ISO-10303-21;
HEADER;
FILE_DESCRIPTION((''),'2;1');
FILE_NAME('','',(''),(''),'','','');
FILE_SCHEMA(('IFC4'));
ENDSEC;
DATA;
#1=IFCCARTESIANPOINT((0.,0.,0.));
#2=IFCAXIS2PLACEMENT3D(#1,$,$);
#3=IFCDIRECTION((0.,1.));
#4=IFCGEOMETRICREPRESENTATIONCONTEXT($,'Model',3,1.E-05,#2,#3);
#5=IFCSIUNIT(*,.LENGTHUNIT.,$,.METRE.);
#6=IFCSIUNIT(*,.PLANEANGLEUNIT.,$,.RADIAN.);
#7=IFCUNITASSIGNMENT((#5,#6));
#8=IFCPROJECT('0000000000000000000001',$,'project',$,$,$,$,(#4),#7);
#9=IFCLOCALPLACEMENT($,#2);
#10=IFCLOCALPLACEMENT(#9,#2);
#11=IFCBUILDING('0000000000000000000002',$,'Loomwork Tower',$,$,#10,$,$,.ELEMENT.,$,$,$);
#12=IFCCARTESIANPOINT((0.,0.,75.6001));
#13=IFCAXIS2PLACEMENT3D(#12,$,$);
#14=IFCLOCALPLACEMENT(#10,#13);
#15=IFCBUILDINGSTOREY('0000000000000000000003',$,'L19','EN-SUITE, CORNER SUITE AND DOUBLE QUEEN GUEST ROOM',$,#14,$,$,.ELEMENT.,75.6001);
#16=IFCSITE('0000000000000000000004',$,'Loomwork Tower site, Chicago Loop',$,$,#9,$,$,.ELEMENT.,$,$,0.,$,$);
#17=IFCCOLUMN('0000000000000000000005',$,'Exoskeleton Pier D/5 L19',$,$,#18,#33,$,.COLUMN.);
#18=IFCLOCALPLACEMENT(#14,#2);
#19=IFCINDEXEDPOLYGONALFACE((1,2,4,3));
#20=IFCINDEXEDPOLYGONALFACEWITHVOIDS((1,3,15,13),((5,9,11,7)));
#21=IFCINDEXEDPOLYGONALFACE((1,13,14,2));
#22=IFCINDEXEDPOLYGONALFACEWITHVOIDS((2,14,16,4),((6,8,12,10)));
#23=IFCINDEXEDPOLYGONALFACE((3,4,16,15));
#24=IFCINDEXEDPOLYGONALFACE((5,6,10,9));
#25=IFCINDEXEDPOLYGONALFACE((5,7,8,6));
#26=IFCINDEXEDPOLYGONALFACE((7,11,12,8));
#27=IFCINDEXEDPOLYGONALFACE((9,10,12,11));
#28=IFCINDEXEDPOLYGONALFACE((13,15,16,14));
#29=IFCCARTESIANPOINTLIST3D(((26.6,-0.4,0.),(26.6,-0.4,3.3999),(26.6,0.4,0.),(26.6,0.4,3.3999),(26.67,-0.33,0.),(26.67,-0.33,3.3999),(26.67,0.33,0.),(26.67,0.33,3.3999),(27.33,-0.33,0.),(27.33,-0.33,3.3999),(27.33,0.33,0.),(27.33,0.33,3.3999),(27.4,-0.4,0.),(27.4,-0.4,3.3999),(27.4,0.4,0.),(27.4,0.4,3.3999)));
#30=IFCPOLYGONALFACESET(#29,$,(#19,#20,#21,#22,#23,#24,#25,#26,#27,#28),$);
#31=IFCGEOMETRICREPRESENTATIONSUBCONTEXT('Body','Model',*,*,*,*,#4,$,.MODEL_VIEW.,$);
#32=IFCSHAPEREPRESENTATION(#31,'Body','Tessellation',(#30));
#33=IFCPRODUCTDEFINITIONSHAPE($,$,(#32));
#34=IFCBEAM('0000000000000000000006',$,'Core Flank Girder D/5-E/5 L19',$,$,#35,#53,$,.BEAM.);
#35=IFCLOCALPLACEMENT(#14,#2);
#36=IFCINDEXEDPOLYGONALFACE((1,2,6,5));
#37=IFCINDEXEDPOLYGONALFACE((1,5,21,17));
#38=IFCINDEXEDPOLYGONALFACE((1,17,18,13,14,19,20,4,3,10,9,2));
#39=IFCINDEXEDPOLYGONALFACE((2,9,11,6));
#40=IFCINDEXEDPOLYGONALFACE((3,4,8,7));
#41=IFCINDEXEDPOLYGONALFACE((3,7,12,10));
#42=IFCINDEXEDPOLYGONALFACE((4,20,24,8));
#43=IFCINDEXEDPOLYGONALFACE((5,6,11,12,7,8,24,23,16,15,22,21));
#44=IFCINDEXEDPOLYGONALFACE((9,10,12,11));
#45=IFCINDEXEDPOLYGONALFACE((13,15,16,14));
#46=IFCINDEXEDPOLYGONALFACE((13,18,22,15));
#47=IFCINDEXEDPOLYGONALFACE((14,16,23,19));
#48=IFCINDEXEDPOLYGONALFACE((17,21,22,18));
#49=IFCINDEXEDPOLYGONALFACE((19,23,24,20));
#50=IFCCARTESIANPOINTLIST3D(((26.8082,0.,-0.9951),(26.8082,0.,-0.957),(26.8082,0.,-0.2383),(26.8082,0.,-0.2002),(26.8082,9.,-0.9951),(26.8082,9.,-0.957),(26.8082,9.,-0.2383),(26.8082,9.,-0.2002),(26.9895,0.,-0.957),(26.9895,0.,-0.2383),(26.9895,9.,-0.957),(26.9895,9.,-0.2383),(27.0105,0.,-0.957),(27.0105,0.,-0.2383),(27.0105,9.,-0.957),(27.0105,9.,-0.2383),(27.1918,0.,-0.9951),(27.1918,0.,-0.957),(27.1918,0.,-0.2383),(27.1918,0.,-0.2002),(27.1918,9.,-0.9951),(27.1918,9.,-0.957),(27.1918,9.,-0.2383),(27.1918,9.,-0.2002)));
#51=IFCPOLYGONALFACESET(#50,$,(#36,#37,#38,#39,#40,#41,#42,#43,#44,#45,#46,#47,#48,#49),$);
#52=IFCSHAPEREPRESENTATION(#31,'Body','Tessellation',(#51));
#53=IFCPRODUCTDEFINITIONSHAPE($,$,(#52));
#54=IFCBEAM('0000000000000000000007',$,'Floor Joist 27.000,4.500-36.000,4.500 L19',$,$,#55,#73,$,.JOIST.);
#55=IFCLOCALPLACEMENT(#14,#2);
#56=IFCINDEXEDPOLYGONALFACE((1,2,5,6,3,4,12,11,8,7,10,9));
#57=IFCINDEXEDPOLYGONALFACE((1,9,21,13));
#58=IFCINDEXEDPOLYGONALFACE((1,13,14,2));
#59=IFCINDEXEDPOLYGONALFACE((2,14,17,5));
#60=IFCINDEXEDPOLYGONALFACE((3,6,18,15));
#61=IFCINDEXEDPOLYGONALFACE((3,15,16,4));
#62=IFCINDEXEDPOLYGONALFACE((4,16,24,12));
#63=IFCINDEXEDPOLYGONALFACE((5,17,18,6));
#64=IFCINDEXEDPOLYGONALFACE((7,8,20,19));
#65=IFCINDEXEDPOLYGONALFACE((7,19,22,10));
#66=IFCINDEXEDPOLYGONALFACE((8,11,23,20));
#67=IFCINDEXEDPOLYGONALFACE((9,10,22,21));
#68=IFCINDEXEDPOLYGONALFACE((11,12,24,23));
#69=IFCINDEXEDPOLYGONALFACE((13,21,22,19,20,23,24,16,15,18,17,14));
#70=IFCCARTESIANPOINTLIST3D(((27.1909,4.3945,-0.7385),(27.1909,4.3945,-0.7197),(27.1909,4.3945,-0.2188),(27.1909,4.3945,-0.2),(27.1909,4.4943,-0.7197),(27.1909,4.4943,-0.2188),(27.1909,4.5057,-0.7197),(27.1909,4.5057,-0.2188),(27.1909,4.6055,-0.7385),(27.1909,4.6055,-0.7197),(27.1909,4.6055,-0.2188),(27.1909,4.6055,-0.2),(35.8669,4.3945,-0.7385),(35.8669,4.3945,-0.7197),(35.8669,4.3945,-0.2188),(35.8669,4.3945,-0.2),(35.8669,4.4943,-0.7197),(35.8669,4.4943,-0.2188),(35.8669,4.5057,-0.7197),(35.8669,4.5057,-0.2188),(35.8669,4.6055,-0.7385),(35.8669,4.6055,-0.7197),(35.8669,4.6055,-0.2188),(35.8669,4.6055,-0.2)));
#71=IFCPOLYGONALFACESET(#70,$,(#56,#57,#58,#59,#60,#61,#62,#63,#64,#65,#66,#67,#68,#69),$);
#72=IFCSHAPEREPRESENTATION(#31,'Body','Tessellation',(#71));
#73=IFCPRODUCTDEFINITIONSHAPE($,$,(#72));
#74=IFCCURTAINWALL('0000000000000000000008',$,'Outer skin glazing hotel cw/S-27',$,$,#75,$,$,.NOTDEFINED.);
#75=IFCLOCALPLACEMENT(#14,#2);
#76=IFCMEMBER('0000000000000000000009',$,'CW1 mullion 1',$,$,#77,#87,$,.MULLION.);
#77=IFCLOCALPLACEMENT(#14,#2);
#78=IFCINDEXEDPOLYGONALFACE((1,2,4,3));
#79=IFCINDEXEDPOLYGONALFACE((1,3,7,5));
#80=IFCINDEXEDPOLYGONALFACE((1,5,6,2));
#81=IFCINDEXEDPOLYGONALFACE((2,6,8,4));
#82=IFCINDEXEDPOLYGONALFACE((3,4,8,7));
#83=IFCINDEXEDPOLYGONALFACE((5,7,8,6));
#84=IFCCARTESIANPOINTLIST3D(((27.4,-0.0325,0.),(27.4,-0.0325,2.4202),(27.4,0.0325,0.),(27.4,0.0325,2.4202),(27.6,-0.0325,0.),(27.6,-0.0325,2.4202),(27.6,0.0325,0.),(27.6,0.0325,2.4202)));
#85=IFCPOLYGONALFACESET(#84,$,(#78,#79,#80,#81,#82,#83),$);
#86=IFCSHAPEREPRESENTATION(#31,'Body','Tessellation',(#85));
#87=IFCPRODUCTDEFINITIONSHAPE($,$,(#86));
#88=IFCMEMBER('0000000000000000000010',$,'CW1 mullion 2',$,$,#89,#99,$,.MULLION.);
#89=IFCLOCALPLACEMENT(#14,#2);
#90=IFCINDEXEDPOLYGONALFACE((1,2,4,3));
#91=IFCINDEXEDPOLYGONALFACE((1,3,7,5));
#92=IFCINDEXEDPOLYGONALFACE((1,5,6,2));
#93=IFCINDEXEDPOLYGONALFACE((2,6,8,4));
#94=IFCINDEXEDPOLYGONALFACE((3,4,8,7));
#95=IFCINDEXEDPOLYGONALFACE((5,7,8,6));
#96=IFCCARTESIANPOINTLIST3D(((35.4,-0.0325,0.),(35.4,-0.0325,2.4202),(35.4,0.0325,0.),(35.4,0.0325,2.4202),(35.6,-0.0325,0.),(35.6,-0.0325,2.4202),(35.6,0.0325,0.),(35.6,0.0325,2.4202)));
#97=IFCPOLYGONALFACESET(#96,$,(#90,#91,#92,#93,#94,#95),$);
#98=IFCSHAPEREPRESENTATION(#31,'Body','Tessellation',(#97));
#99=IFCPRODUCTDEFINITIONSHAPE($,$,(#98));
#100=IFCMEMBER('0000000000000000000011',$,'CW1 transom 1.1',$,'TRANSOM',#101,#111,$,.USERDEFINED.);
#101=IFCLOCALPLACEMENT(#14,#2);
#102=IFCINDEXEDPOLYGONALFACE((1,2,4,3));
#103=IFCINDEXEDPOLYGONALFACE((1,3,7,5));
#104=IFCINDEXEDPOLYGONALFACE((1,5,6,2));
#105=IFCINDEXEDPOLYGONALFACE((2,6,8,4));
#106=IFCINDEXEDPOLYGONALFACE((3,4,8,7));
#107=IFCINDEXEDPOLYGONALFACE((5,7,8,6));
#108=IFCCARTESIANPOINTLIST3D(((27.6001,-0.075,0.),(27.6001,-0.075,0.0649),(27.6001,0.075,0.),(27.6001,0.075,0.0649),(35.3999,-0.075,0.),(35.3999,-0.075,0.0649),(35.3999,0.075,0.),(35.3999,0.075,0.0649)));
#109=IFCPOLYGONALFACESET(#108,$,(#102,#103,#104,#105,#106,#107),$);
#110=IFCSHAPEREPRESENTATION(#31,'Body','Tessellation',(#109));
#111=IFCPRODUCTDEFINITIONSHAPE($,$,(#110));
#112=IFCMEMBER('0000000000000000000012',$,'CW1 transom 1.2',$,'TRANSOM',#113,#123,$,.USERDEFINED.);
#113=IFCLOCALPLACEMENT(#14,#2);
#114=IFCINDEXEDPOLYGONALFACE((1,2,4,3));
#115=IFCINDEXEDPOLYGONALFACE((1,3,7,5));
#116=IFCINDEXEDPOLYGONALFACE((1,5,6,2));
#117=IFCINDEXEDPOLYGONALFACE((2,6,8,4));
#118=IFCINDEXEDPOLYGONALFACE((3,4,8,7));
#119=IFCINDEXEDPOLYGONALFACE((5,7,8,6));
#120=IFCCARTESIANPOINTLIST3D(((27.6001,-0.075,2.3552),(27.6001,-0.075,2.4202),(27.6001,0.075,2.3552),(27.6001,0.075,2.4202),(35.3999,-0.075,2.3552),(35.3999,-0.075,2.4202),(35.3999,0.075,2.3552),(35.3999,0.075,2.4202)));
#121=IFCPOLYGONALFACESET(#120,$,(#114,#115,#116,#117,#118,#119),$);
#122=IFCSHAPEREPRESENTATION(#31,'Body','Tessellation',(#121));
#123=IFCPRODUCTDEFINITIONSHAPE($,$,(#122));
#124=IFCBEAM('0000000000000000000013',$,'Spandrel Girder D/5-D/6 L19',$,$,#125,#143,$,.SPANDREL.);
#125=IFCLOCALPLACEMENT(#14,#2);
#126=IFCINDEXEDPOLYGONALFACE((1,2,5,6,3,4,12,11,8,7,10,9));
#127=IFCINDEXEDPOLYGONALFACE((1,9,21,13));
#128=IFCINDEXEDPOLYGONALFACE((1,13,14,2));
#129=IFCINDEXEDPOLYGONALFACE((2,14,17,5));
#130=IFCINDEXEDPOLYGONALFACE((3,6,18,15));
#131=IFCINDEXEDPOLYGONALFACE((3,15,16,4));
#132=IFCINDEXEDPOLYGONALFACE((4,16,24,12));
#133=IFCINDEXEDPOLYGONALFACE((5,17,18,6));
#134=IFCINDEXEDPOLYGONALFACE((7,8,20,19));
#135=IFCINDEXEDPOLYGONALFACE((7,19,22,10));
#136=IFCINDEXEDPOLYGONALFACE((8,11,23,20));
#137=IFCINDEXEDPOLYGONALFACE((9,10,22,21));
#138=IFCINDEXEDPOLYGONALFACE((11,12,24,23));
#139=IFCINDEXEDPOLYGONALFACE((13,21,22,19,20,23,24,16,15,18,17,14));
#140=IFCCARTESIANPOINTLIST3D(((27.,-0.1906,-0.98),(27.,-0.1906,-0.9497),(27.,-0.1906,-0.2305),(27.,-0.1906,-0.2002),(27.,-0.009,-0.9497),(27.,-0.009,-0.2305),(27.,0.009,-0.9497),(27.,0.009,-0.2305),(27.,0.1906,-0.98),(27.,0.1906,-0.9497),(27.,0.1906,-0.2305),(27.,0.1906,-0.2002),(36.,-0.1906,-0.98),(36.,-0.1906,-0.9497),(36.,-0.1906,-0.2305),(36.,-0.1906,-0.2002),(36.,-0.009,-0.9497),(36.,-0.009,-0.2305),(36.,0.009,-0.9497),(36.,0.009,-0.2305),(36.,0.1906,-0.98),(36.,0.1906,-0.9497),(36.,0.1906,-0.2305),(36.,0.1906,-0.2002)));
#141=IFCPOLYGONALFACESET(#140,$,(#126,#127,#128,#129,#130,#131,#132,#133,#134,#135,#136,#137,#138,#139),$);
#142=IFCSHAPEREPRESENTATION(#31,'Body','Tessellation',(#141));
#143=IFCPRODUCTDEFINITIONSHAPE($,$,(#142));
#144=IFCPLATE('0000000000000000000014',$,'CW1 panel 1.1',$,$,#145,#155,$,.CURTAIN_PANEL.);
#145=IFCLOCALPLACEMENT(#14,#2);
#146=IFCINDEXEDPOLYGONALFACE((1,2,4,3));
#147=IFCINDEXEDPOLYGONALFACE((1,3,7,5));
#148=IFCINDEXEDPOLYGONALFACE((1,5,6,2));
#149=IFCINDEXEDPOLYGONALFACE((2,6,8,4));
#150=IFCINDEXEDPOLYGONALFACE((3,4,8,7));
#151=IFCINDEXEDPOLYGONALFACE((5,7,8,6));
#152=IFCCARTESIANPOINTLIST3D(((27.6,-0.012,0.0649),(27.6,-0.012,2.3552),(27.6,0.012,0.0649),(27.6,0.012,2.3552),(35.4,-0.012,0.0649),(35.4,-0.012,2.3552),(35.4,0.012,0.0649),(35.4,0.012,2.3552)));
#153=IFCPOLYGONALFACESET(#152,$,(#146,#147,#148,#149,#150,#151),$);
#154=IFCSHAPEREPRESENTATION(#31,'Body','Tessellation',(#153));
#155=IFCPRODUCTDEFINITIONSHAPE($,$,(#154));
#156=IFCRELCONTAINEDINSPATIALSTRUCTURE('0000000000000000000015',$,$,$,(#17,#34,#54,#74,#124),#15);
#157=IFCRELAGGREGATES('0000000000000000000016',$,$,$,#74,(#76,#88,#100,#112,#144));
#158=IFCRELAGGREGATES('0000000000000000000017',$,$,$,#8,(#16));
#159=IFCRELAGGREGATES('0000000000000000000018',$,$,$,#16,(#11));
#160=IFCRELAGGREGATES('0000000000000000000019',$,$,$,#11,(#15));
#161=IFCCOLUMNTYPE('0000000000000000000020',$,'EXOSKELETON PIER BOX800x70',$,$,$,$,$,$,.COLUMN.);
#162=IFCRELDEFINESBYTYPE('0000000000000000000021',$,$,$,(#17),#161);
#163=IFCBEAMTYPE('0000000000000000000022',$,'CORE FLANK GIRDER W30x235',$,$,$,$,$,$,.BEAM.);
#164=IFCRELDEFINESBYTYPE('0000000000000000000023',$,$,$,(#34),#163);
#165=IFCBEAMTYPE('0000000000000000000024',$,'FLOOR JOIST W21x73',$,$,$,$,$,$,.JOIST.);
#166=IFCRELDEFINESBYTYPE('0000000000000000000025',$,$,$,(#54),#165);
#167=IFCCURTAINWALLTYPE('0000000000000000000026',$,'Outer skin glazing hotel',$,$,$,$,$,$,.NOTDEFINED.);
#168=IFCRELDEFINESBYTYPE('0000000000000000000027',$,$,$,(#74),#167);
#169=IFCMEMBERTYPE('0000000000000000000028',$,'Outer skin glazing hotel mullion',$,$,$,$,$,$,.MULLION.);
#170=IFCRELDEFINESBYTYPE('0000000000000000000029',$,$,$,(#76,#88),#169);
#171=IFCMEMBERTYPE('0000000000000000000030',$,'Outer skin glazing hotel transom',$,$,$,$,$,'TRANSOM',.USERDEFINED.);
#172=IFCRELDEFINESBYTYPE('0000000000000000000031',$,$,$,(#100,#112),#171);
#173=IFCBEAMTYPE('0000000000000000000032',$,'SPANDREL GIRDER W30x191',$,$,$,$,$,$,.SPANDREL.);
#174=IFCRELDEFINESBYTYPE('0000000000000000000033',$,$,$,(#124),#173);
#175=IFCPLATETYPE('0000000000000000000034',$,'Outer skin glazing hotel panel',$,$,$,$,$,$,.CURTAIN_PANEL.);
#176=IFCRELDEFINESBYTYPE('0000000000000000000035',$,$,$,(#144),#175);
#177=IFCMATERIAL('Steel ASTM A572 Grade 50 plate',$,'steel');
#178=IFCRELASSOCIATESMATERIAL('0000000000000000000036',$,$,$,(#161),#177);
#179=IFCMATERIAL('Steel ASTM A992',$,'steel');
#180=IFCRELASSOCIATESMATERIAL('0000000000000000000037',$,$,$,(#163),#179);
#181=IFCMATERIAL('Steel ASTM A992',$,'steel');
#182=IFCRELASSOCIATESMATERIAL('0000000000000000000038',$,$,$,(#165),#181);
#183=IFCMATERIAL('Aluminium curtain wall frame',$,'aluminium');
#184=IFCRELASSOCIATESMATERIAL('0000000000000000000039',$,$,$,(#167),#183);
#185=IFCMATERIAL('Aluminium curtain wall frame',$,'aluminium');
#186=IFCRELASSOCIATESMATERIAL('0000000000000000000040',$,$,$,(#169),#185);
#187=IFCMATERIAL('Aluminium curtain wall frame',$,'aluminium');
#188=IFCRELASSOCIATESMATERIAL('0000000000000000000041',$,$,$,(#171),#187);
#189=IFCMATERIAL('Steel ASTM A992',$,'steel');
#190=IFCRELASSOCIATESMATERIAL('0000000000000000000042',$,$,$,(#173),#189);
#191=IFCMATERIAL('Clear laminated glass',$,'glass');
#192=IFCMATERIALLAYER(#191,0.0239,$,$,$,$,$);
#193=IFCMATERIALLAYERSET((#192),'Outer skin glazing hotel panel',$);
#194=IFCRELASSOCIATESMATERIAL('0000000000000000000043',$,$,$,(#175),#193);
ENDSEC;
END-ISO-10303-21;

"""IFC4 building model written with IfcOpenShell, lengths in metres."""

from ifc_helpers import new_model, si_unit, direction, frame, origin, origin_2d, place, context, subcontext, project, spatial, rectangle, hollow_rectangle, i_section, extrude, material, layer, layer_set, material_profile, profile_set, type_object, element, aggregate, save


model = new_model("IFC4")

# Units and contexts
model_context = context("Model", 3, precision=1e-05, world=origin(), true_north=direction((0.0, 1.0)))
body_context = subcontext(model_context, "Body", "Model", "MODEL_VIEW")
ifc_project = project(units=[si_unit("LENGTHUNIT", "METRE"), si_unit("PLANEANGLEUNIT", "RADIAN")], contexts=[model_context])

# Site, building, storey
site_placement = place(None, origin())
site = spatial("IfcSite", under=ifc_project, at=site_placement, Name="Loomwork Tower site, Chicago Loop", CompositionType="ELEMENT", RefElevation=0.0)
building_placement = place(site_placement, origin())
building = spatial("IfcBuilding", under=site, at=building_placement, Name="Loomwork Tower", CompositionType="ELEMENT")
storey_placement = place(building_placement, frame((0.0, 0.0, 75.6001)))
storey = spatial("IfcBuildingStorey", under=building, at=storey_placement, Name="L19", Description="EN-SUITE, CORNER SUITE AND DOUBLE QUEEN GUEST ROOM", CompositionType="ELEMENT", Elevation=75.6001)

# Column
ifc_material_1 = material(Name="Steel ASTM A572 Grade 50 plate", Category="steel")
ifc_material_profile_1 = material_profile(ifc_material_1, hollow_rectangle(XDim=0.8, YDim=0.8, WallThickness=0.0701, at=origin_2d()), Name="BOX800x70")
ifc_profile_set_1 = profile_set([ifc_material_profile_1], Name="Steel ASTM A572 Grade 50 plate")
column_type = type_object("IfcColumnType", Name="EXOSKELETON PIER BOX800x70", PredefinedType="COLUMN", material=ifc_profile_set_1)
column_placement = place(storey_placement, frame((27.0, 0.0, 0.0), z_axis=(0.0, 0.0, 1.0), x_axis=(1.0, 0.0, 0.0)))
element("IfcColumn", 1, at=column_placement, inside=storey, type_object=column_type, Name="Exoskeleton Pier D/5 L19", PredefinedType="COLUMN", context=body_context, shape_type="SweptSolid", body=[
    extrude(hollow_rectangle(XDim=0.8, YDim=0.8, WallThickness=0.0701, at=origin_2d()), origin(), (0.0, 0.0, 1.0), 3.3999),
])

# Beams
ifc_material_2 = material(Name="Steel ASTM A992", Category="steel")
ifc_material_profile_2 = material_profile(ifc_material_2, i_section(OverallWidth=0.3835, OverallDepth=0.7949, WebThickness=0.021, FlangeThickness=0.0381, at=origin_2d()), Name="W30x235")
ifc_profile_set_2 = profile_set([ifc_material_profile_2], Name="Steel ASTM A992")
beam_type_1 = type_object("IfcBeamType", Name="CORE FLANK GIRDER W30x235", PredefinedType="BEAM", material=ifc_profile_set_2)
beam_1_placement = place(storey_placement, frame((27.0, 0.0, -0.5977), z_axis=(0.0, 1.0, 0.0), x_axis=(-1.0, 0.0, 0.0)))
element("IfcBeam", 2, at=beam_1_placement, inside=storey, type_object=beam_type_1, Name="Core Flank Girder D/5-E/5 L19", PredefinedType="BEAM", context=body_context, shape_type="SweptSolid", body=[
    extrude(i_section(OverallWidth=0.3835, OverallDepth=0.7949, WebThickness=0.021, FlangeThickness=0.0381, at=origin_2d()), origin(), (0.0, 0.0, 1.0), 9.0),
])
ifc_material_3 = material(Name="Steel ASTM A992", Category="steel")
ifc_material_profile_3 = material_profile(ifc_material_3, i_section(OverallWidth=0.2109, OverallDepth=0.5386, WebThickness=0.0115, FlangeThickness=0.0188, at=origin_2d()), Name="W21x73")
ifc_profile_set_3 = profile_set([ifc_material_profile_3], Name="Steel ASTM A992")
beam_type_2 = type_object("IfcBeamType", Name="FLOOR JOIST W21x73", PredefinedType="JOIST", material=ifc_profile_set_3)
beam_2_placement = place(storey_placement, frame((27.1909, 4.5, -0.4692), z_axis=(1.0, 0.0, 0.0), x_axis=(0.0, 1.0, 0.0)))
element("IfcBeam", 3, at=beam_2_placement, inside=storey, type_object=beam_type_2, Name="Floor Joist 27.000,4.500-36.000,4.500 L19", PredefinedType="JOIST", context=body_context, shape_type="SweptSolid", body=[
    extrude(i_section(OverallWidth=0.2109, OverallDepth=0.5386, WebThickness=0.0115, FlangeThickness=0.0188, at=origin_2d()), origin(), (0.0, 0.0, 1.0), 8.676),
])

# Curtain wall, members
ifc_material_4 = material(Name="Aluminium curtain wall frame", Category="aluminium")
curtain_wall_type = type_object("IfcCurtainWallType", Name="Outer skin glazing hotel", PredefinedType="NOTDEFINED", material=ifc_material_4)
curtain_wall_placement = place(storey_placement, origin())
curtain_wall = element("IfcCurtainWall", 4, at=curtain_wall_placement, inside=storey, type_object=curtain_wall_type, Name="Outer skin glazing hotel cw/S-27", PredefinedType="NOTDEFINED")
ifc_material_5 = material(Name="Aluminium curtain wall frame", Category="aluminium")
ifc_material_profile_4 = material_profile(ifc_material_5, rectangle(XDim=0.0649, YDim=0.2, at=origin_2d()), Name="AL 65x200")
ifc_profile_set_4 = profile_set([ifc_material_profile_4], Name="Aluminium curtain wall frame")
member_type_1 = type_object("IfcMemberType", Name="Outer skin glazing hotel mullion", PredefinedType="MULLION", material=ifc_profile_set_4)
member_1_placement = place(storey_placement, frame((27.5, 0.0, 0.0), z_axis=(0.0, 0.0, 1.0), x_axis=(0.0, 1.0, 0.0)))
member_1 = element("IfcMember", 5, at=member_1_placement, type_object=member_type_1, Name="CW1 mullion 1", PredefinedType="MULLION", context=body_context, shape_type="SweptSolid", body=[
    extrude(rectangle(XDim=0.0649, YDim=0.2, at=origin_2d()), origin(), (0.0, 0.0, 1.0), 2.4202),
])
member_2_placement = place(storey_placement, frame((35.5, 0.0, 0.0), z_axis=(0.0, 0.0, 1.0), x_axis=(0.0, 1.0, 0.0)))
member_2 = element("IfcMember", 6, at=member_2_placement, type_object=member_type_1, Name="CW1 mullion 2", PredefinedType="MULLION", context=body_context, shape_type="SweptSolid", body=[
    extrude(rectangle(XDim=0.0649, YDim=0.2, at=origin_2d()), origin(), (0.0, 0.0, 1.0), 2.4202),
])
ifc_material_6 = material(Name="Aluminium curtain wall frame", Category="aluminium")
ifc_material_profile_5 = material_profile(ifc_material_6, rectangle(XDim=0.1499, YDim=0.0649, at=origin_2d()), Name="AL 65x150")
ifc_profile_set_5 = profile_set([ifc_material_profile_5], Name="Aluminium curtain wall frame")
member_type_2 = type_object("IfcMemberType", Name="Outer skin glazing hotel transom", ElementType="TRANSOM", PredefinedType="USERDEFINED", material=ifc_profile_set_5)
member_3_placement = place(storey_placement, frame((27.6001, 0.0, 0.0325), z_axis=(1.0, 0.0, 0.0), x_axis=(0.0, 1.0, 0.0)))
member_3 = element("IfcMember", 7, at=member_3_placement, type_object=member_type_2, Name="CW1 transom 1.1", ObjectType="TRANSOM", PredefinedType="USERDEFINED", context=body_context, shape_type="SweptSolid", body=[
    extrude(rectangle(XDim=0.1499, YDim=0.0649, at=origin_2d()), origin(), (0.0, 0.0, 1.0), 7.7998),
])
member_4_placement = place(storey_placement, frame((27.6001, 0.0, 2.3877), z_axis=(1.0, 0.0, 0.0), x_axis=(0.0, 1.0, 0.0)))
member_4 = element("IfcMember", 8, at=member_4_placement, type_object=member_type_2, Name="CW1 transom 1.2", ObjectType="TRANSOM", PredefinedType="USERDEFINED", context=body_context, shape_type="SweptSolid", body=[
    extrude(rectangle(XDim=0.1499, YDim=0.0649, at=origin_2d()), origin(), (0.0, 0.0, 1.0), 7.7998),
])

# Beam
ifc_material_7 = material(Name="Steel ASTM A992", Category="steel")
ifc_material_profile_6 = material_profile(ifc_material_7, i_section(OverallWidth=0.3811, OverallDepth=0.7798, WebThickness=0.0181, FlangeThickness=0.0303, at=origin_2d()), Name="W30x191")
ifc_profile_set_6 = profile_set([ifc_material_profile_6], Name="Steel ASTM A992")
beam_type_3 = type_object("IfcBeamType", Name="SPANDREL GIRDER W30x191", PredefinedType="SPANDREL", material=ifc_profile_set_6)
beam_3_placement = place(storey_placement, frame((27.0, 0.0, -0.5901), z_axis=(1.0, 0.0, 0.0), x_axis=(0.0, 1.0, 0.0)))
element("IfcBeam", 9, at=beam_3_placement, inside=storey, type_object=beam_type_3, Name="Spandrel Girder D/5-D/6 L19", PredefinedType="SPANDREL", context=body_context, shape_type="SweptSolid", body=[
    extrude(i_section(OverallWidth=0.3811, OverallDepth=0.7798, WebThickness=0.0181, FlangeThickness=0.0303, at=origin_2d()), origin(), (0.0, 0.0, 1.0), 9.0),
])

# Plate
ifc_material_8 = material(Name="Clear laminated glass", Category="glass")
ifc_layer_1 = layer(ifc_material_8, 0.0239)
ifc_layer_set_1 = layer_set([ifc_layer_1], Name="Outer skin glazing hotel panel")
plate_type = type_object("IfcPlateType", Name="Outer skin glazing hotel panel", PredefinedType="CURTAIN_PANEL", material=ifc_layer_set_1)
plate_placement = place(storey_placement, frame((31.5, 0.0, 0.0649), z_axis=(0.0, 0.0, 1.0), x_axis=(1.0, 0.0, 0.0)))
plate = element("IfcPlate", 10, at=plate_placement, type_object=plate_type, Name="CW1 panel 1.1", PredefinedType="CURTAIN_PANEL", context=body_context, shape_type="SweptSolid", body=[
    extrude(rectangle(XDim=7.8, YDim=0.0239, at=origin_2d()), origin(), (0.0, 0.0, 1.0), 2.2903),
])
aggregate(curtain_wall, [member_1, member_2, member_3, member_4, plate])

save(model, "model.ifc")
